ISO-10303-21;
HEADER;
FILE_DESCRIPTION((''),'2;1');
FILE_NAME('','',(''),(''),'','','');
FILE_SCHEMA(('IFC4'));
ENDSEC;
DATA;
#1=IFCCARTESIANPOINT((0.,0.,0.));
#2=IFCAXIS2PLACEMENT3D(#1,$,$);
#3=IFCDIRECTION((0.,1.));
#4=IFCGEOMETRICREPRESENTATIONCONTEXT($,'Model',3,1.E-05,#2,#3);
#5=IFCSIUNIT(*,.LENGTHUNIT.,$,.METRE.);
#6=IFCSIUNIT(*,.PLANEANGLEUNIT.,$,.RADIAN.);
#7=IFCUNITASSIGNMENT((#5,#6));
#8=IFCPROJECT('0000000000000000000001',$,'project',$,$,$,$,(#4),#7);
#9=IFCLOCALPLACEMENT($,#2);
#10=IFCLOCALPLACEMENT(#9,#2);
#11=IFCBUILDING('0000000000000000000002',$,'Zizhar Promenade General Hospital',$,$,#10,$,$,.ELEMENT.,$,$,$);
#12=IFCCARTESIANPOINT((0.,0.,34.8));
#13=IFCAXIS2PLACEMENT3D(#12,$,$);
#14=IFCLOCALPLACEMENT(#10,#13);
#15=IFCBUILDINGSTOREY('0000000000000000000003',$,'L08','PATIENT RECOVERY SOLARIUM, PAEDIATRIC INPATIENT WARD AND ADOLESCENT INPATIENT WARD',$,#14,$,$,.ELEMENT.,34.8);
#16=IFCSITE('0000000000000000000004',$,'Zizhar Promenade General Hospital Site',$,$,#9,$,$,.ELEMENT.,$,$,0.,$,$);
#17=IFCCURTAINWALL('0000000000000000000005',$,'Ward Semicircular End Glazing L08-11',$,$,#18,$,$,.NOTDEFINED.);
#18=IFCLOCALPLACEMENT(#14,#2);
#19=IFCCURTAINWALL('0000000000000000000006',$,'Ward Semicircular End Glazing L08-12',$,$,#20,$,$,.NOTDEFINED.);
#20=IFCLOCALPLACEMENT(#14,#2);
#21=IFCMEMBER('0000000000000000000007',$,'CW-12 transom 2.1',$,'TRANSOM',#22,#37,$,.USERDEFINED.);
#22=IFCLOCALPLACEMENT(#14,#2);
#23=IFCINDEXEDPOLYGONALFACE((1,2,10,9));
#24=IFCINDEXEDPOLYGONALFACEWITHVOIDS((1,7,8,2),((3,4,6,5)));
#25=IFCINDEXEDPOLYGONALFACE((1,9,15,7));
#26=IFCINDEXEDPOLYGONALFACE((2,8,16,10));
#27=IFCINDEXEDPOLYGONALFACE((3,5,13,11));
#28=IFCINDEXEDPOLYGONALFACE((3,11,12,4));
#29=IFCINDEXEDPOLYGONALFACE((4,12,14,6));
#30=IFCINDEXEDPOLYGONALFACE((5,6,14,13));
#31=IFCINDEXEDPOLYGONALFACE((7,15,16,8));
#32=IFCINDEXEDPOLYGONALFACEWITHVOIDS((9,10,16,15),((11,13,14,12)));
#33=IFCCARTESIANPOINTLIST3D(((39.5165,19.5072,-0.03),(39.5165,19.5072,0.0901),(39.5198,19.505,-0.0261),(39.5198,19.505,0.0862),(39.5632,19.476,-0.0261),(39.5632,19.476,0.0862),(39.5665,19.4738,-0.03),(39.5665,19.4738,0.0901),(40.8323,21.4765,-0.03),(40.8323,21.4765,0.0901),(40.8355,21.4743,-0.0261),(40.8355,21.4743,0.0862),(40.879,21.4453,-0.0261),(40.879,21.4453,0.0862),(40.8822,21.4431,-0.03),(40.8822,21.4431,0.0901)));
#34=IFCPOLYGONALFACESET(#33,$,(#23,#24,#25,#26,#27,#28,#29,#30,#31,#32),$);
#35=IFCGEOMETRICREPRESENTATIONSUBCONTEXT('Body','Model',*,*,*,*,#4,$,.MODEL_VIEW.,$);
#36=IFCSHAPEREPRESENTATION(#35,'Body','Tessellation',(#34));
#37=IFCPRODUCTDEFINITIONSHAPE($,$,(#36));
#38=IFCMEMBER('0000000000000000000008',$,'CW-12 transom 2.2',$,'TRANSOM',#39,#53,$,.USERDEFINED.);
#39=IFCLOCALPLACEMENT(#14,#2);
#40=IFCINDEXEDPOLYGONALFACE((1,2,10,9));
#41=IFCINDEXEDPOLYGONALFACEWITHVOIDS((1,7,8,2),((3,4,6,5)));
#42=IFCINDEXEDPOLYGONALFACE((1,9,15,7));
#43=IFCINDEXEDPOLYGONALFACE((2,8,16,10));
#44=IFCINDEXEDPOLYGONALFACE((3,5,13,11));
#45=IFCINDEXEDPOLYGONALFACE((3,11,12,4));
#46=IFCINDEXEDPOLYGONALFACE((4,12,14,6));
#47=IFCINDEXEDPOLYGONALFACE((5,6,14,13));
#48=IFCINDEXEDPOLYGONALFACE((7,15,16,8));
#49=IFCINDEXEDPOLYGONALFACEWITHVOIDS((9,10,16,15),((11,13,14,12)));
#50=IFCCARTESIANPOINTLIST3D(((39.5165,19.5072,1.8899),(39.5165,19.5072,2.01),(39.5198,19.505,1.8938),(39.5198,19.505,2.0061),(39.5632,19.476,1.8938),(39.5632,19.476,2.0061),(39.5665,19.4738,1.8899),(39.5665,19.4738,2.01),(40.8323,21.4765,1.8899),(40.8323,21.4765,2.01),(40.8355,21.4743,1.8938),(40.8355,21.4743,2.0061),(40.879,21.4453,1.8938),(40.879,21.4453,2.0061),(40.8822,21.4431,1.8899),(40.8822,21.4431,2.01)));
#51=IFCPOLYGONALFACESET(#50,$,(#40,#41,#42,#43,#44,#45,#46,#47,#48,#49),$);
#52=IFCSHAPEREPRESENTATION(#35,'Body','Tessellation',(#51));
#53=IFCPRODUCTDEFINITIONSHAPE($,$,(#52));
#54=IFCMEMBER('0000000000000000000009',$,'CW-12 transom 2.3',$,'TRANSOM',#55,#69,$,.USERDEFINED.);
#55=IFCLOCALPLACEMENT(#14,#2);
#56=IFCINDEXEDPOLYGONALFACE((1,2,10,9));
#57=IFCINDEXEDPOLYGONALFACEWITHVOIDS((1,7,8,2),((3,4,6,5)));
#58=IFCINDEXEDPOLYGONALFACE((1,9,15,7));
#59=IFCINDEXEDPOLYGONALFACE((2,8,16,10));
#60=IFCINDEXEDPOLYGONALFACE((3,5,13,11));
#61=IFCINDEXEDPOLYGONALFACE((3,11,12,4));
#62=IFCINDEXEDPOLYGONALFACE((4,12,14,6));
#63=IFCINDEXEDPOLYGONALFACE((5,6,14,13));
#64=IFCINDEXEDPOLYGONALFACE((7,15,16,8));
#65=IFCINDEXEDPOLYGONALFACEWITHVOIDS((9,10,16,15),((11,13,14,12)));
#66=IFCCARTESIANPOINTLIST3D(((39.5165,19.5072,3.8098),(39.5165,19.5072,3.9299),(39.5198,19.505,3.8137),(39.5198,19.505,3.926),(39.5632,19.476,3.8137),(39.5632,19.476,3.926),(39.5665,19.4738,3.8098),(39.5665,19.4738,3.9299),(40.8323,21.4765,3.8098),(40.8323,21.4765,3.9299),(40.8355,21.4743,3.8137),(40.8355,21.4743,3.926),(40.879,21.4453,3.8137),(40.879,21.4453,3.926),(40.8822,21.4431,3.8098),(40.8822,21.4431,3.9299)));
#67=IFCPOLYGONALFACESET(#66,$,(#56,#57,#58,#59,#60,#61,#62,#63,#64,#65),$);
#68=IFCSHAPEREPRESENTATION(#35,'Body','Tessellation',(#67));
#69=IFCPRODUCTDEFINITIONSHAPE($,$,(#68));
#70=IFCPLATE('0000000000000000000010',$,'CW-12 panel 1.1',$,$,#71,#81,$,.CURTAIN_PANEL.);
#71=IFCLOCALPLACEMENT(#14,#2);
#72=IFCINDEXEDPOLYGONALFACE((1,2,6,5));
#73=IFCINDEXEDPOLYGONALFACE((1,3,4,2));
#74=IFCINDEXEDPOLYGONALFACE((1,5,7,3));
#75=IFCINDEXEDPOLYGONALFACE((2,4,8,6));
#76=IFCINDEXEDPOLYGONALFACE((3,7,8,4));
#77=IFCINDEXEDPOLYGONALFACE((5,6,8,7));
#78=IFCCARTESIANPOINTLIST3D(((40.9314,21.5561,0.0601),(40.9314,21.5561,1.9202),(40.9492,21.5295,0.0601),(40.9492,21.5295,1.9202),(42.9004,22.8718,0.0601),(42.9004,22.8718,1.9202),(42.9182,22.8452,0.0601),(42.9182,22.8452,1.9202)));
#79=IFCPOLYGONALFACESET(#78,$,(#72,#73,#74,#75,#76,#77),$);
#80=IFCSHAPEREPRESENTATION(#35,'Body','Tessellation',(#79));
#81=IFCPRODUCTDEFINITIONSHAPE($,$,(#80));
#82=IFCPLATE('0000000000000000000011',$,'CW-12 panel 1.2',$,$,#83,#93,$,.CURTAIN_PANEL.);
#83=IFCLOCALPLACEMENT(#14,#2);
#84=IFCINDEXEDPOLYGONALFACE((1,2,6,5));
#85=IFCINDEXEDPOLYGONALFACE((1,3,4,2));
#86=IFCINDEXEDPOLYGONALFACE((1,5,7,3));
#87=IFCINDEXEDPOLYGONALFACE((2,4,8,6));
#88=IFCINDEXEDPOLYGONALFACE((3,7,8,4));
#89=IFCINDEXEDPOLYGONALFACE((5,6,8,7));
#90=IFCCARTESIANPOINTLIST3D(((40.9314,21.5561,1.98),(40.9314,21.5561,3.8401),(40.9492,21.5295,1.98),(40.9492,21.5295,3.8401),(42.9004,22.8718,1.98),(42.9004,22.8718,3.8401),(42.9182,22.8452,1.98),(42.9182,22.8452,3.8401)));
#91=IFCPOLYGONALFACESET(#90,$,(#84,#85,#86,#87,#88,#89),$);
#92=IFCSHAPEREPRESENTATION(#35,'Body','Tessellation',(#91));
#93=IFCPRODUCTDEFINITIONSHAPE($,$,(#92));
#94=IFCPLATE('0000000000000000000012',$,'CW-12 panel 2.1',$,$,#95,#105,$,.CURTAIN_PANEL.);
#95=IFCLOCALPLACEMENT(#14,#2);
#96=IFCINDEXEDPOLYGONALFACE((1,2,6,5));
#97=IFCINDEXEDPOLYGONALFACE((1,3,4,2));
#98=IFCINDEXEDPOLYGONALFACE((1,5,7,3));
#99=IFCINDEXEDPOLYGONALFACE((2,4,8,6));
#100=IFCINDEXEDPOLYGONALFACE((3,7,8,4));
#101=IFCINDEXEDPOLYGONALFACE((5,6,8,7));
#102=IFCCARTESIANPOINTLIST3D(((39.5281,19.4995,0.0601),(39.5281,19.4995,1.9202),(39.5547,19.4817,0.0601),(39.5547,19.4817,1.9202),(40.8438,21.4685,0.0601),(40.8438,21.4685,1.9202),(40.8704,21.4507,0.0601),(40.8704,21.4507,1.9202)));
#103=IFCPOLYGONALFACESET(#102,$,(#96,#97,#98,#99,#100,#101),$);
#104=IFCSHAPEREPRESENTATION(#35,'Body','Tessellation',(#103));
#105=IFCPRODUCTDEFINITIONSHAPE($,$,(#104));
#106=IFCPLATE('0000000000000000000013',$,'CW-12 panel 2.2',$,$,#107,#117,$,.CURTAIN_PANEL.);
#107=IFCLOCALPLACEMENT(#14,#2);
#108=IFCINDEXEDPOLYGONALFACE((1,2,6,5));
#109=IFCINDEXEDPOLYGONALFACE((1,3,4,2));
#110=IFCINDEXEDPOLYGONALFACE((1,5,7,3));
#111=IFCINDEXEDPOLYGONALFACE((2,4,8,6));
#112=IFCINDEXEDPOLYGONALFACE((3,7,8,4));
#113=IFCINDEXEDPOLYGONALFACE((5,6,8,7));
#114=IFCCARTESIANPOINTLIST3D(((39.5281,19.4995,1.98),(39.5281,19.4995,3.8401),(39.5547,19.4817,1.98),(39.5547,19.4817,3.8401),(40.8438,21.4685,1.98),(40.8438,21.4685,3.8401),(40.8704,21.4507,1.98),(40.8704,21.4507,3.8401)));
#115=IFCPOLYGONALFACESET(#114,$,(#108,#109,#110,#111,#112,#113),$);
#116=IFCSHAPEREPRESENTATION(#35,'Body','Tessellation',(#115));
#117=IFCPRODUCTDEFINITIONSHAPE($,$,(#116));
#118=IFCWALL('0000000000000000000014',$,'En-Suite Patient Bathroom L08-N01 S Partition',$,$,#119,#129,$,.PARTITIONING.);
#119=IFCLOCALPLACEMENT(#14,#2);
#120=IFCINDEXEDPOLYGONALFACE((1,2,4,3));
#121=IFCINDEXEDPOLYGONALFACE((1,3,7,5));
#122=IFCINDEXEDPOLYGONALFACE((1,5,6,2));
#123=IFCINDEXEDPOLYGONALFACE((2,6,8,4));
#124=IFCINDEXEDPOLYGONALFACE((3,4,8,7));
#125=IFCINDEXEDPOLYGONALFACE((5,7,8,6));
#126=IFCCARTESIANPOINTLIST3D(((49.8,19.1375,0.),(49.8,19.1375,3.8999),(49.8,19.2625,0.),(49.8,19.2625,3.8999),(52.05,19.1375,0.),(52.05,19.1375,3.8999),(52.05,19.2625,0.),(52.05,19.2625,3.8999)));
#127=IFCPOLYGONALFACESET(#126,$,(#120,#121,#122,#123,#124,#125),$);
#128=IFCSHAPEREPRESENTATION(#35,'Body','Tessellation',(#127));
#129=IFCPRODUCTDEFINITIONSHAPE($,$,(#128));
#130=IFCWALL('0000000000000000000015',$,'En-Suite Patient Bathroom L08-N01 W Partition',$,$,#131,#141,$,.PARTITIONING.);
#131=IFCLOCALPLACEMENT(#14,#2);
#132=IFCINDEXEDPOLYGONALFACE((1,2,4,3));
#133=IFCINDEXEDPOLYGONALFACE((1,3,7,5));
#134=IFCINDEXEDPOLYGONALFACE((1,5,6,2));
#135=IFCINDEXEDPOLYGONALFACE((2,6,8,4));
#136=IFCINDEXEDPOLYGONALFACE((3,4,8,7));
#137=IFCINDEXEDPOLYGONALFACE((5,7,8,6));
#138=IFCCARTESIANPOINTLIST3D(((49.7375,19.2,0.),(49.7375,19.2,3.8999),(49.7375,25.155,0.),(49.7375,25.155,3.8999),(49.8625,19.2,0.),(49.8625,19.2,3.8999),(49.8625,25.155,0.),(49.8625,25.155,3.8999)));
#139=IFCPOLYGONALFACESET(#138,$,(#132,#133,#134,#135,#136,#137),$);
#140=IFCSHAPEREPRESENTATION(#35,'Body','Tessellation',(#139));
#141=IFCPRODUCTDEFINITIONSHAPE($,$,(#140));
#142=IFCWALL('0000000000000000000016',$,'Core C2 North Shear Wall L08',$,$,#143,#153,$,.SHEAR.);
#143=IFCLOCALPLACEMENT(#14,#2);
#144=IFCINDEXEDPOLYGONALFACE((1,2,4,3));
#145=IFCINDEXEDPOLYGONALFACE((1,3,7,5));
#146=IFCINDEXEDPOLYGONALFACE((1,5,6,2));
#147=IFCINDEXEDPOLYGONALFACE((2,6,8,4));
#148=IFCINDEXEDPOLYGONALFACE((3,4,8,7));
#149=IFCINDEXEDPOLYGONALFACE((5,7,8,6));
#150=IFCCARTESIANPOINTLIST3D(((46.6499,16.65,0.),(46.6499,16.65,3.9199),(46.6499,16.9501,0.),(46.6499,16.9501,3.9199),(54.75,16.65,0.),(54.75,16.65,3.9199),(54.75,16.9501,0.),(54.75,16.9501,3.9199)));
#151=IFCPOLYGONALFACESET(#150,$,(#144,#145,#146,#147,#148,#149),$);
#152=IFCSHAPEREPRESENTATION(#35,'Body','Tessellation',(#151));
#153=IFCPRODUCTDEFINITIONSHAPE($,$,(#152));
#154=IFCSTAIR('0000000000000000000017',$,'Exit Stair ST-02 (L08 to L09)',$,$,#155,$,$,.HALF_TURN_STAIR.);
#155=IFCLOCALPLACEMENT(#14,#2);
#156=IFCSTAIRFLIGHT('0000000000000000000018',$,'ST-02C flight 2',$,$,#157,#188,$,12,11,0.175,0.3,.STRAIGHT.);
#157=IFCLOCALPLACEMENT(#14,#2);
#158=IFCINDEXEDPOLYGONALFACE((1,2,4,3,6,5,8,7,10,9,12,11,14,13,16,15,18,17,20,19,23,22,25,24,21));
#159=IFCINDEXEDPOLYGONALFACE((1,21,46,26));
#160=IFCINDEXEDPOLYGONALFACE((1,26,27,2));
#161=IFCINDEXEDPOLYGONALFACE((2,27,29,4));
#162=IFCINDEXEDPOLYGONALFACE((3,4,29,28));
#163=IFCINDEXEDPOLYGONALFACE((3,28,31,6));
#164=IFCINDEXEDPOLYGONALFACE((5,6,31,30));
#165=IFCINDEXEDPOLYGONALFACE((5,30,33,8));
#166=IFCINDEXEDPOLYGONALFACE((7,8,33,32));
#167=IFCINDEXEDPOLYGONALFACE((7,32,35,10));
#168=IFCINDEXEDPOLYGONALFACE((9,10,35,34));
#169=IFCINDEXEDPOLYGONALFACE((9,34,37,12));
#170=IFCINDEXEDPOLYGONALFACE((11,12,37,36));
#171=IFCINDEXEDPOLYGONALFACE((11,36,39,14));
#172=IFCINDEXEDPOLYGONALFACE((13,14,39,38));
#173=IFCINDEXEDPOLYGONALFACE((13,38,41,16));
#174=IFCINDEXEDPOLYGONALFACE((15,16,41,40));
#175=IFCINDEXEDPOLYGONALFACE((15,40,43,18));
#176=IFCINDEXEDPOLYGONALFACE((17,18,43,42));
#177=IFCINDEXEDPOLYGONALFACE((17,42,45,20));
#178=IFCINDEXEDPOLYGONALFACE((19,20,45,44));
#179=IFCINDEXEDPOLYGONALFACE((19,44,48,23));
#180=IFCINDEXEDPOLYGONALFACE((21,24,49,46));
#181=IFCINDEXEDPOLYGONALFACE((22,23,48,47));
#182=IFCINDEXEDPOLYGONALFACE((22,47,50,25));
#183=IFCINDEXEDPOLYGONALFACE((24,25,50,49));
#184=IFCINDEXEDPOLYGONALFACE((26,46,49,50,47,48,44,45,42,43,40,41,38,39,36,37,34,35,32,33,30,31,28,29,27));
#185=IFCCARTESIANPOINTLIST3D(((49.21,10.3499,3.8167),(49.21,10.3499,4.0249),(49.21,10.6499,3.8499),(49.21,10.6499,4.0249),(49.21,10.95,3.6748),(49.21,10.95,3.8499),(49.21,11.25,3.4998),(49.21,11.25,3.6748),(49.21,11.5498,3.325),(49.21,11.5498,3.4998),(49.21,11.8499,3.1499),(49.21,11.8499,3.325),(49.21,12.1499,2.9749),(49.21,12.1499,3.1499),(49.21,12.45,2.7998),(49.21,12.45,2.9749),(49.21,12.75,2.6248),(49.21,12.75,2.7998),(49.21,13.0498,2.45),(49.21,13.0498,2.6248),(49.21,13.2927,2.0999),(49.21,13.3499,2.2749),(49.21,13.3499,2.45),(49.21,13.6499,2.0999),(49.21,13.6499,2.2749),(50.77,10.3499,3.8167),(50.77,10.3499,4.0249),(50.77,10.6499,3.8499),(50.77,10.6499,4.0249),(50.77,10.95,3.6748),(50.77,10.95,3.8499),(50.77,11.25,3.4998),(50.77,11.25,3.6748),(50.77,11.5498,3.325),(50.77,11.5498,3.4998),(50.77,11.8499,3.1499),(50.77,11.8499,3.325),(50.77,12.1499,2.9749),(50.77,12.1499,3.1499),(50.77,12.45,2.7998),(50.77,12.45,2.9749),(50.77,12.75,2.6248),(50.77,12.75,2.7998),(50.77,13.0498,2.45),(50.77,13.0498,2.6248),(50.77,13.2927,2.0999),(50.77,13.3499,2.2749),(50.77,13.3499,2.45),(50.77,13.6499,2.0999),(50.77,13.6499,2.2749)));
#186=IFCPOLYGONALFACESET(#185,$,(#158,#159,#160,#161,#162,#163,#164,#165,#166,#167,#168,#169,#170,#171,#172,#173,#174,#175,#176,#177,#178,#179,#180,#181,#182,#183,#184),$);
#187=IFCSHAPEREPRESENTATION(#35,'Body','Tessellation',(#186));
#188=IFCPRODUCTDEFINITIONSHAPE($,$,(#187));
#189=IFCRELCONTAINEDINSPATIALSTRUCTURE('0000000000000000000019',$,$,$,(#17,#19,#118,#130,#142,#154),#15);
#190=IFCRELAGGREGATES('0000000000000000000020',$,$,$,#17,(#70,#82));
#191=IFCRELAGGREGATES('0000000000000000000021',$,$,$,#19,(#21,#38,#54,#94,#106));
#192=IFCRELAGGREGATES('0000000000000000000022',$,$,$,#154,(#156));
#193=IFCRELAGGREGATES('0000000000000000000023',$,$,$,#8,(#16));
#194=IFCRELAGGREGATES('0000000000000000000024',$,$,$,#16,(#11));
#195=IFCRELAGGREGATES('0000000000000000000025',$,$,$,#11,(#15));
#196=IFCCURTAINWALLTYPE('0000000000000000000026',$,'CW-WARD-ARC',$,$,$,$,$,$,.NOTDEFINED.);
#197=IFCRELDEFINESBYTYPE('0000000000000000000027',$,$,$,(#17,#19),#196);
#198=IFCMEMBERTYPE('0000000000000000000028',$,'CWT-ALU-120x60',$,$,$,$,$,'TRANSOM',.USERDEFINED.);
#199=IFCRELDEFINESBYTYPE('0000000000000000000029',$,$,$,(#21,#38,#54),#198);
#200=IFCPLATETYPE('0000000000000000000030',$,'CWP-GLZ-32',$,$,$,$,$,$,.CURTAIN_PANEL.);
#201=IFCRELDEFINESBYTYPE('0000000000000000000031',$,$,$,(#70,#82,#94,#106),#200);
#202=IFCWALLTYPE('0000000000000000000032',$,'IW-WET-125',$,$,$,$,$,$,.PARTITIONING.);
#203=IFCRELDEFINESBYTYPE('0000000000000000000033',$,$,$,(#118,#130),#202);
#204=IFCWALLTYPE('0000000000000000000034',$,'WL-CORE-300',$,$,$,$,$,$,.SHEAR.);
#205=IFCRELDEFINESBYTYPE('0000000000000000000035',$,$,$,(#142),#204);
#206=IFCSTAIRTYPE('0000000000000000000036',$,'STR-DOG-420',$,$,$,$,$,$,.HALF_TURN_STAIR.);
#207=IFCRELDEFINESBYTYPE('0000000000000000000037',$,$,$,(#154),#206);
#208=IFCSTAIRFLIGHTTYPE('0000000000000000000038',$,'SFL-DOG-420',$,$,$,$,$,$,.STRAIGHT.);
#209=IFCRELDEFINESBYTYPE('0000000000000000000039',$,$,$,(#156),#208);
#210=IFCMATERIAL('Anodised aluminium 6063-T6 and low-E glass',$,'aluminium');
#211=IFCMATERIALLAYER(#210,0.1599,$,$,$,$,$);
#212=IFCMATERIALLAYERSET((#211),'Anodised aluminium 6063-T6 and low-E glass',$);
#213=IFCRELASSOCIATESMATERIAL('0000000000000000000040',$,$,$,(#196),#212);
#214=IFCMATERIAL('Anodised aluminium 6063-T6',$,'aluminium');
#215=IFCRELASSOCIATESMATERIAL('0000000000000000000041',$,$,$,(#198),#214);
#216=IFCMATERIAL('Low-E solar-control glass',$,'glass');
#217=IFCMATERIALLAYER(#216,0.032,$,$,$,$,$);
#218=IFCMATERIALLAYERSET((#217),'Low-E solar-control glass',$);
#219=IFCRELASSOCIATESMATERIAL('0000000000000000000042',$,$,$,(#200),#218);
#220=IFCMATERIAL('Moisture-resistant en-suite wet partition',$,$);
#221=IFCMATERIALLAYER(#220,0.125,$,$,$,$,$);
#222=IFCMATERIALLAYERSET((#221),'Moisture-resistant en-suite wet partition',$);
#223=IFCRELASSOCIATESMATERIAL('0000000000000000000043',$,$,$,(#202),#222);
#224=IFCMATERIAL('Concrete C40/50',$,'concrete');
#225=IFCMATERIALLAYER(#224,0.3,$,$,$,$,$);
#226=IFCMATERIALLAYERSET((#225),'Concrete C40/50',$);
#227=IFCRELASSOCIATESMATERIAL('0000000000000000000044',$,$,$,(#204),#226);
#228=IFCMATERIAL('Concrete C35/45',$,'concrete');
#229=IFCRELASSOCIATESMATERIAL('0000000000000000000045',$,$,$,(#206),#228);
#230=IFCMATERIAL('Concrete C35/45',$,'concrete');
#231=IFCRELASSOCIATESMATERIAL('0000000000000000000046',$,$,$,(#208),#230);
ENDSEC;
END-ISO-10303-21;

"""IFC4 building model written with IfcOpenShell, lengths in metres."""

from ifc_helpers import new_model, si_unit, direction, frame, frame_2d, origin, origin_2d, place, context, subcontext, project, spatial, polyline, rectangle, hollow_rectangle, outline, extrude, material, layer, layer_set, material_profile, profile_set, type_object, element, aggregate, save


model = new_model("IFC4")

# Units and contexts
model_context = context("Model", 3, precision=1e-05, world=origin(), true_north=direction((0.0, 1.0)))
body_context = subcontext(model_context, "Body", "Model", "MODEL_VIEW")
ifc_project = project(units=[si_unit("LENGTHUNIT", "METRE"), si_unit("PLANEANGLEUNIT", "RADIAN")], contexts=[model_context])

# Site, building, storey
site_placement = place(None, origin())
site = spatial("IfcSite", under=ifc_project, at=site_placement, Name="Zizhar Promenade General Hospital Site", CompositionType="ELEMENT", RefElevation=0.0)
building_placement = place(site_placement, origin())
building = spatial("IfcBuilding", under=site, at=building_placement, Name="Zizhar Promenade General Hospital", CompositionType="ELEMENT")
storey_placement = place(building_placement, frame((0.0, 0.0, 34.8)))
storey = spatial("IfcBuildingStorey", under=building, at=storey_placement, Name="L08", Description="PATIENT RECOVERY SOLARIUM, PAEDIATRIC INPATIENT WARD AND ADOLESCENT INPATIENT WARD", CompositionType="ELEMENT", Elevation=34.8)

# Curtain walls
ifc_material_1 = material(Name="Anodised aluminium 6063-T6 and low-E glass", Category="aluminium")
ifc_layer_1 = layer(ifc_material_1, 0.1599)
ifc_layer_set_1 = layer_set([ifc_layer_1], Name="Anodised aluminium 6063-T6 and low-E glass")
curtain_wall_type = type_object("IfcCurtainWallType", Name="CW-WARD-ARC", PredefinedType="NOTDEFINED", material=ifc_layer_set_1)
curtain_wall_1_placement = place(storey_placement, origin())
curtain_wall_1 = element("IfcCurtainWall", 1, at=curtain_wall_1_placement, inside=storey, type_object=curtain_wall_type, Name="Ward Semicircular End Glazing L08-11", PredefinedType="NOTDEFINED")
curtain_wall_2_placement = place(storey_placement, origin())
curtain_wall_2 = element("IfcCurtainWall", 2, at=curtain_wall_2_placement, inside=storey, type_object=curtain_wall_type, Name="Ward Semicircular End Glazing L08-12", PredefinedType="NOTDEFINED")

# Members
ifc_material_2 = material(Name="Anodised aluminium 6063-T6", Category="aluminium")
ifc_material_profile_1 = material_profile(ifc_material_2, hollow_rectangle(XDim=0.0601, YDim=0.1201, WallThickness=0.0039, at=origin_2d()))
ifc_profile_set_1 = profile_set([ifc_material_profile_1], Name="Anodised aluminium 6063-T6")
member_type_1 = type_object("IfcMemberType", Name="CWT-ALU-120x60", ElementType="TRANSOM", PredefinedType="USERDEFINED", material=ifc_profile_set_1)
member_1_placement = place(storey_placement, frame((39.5415, 19.4905, 0.03), z_axis=(0.555533, 0.831495, 0.0), x_axis=(-0.831495, 0.555533, 0.0)))
member_1 = element("IfcMember", 3, at=member_1_placement, type_object=member_type_1, Name="CW-12 transom 2.1", ObjectType="TRANSOM", PredefinedType="USERDEFINED", context=body_context, shape_type="SweptSolid", body=[
    extrude(hollow_rectangle(XDim=0.0601, YDim=0.1201, WallThickness=0.0039, at=origin_2d()), origin(), (0.0, 0.0, 1.0), 2.3684),
])
member_2_placement = place(storey_placement, frame((39.5415, 19.4905, 1.95), z_axis=(0.555533, 0.831495, 0.0), x_axis=(-0.831495, 0.555533, 0.0)))
member_2 = element("IfcMember", 4, at=member_2_placement, type_object=member_type_1, Name="CW-12 transom 2.2", ObjectType="TRANSOM", PredefinedType="USERDEFINED", context=body_context, shape_type="SweptSolid", body=[
    extrude(hollow_rectangle(XDim=0.0601, YDim=0.1201, WallThickness=0.0039, at=origin_2d()), origin(), (0.0, 0.0, 1.0), 2.3684),
])
member_3_placement = place(storey_placement, frame((39.5415, 19.4905, 3.8699), z_axis=(0.555533, 0.831495, 0.0), x_axis=(-0.831495, 0.555533, 0.0)))
member_3 = element("IfcMember", 5, at=member_3_placement, type_object=member_type_1, Name="CW-12 transom 2.3", ObjectType="TRANSOM", PredefinedType="USERDEFINED", context=body_context, shape_type="SweptSolid", body=[
    extrude(hollow_rectangle(XDim=0.0601, YDim=0.1201, WallThickness=0.0039, at=origin_2d()), origin(), (0.0, 0.0, 1.0), 2.3684),
])

# Plates
ifc_material_3 = material(Name="Low-E solar-control glass", Category="glass")
ifc_layer_2 = layer(ifc_material_3, 0.032)
ifc_layer_set_2 = layer_set([ifc_layer_2], Name="Low-E solar-control glass")
plate_type = type_object("IfcPlateType", Name="CWP-GLZ-32", PredefinedType="CURTAIN_PANEL", material=ifc_layer_set_2)
plate_1_placement = place(storey_placement, frame((41.9248, 22.2007, 0.0601), z_axis=(0.0, 0.0, 1.0), x_axis=(0.831462, 0.555582, 0.0)))
plate_1 = element("IfcPlate", 6, at=plate_1_placement, type_object=plate_type, Name="CW-12 panel 1.1", PredefinedType="CURTAIN_PANEL", context=body_context, shape_type="SweptSolid", body=[
    extrude(rectangle(XDim=2.3682, YDim=0.032, at=origin_2d()), origin(), (0.0, 0.0, 1.0), 1.8601),
])
plate_2_placement = place(storey_placement, frame((41.9248, 22.2007, 1.98), z_axis=(0.0, 0.0, 1.0), x_axis=(0.831462, 0.555582, 0.0)))
plate_2 = element("IfcPlate", 7, at=plate_2_placement, type_object=plate_type, Name="CW-12 panel 1.2", PredefinedType="CURTAIN_PANEL", context=body_context, shape_type="SweptSolid", body=[
    extrude(rectangle(XDim=2.3682, YDim=0.032, at=origin_2d()), origin(), (0.0, 0.0, 1.0), 1.8601),
])
aggregate(curtain_wall_1, [plate_1, plate_2])
plate_3_placement = place(storey_placement, frame((40.1992, 20.4751, 0.0601), z_axis=(0.0, 0.0, 1.0), x_axis=(0.555582, 0.831462, 0.0)))
plate_3 = element("IfcPlate", 8, at=plate_3_placement, type_object=plate_type, Name="CW-12 panel 2.1", PredefinedType="CURTAIN_PANEL", context=body_context, shape_type="SweptSolid", body=[
    extrude(rectangle(XDim=2.3682, YDim=0.032, at=origin_2d()), origin(), (0.0, 0.0, 1.0), 1.8601),
])
plate_4_placement = place(storey_placement, frame((40.1992, 20.4751, 1.98), z_axis=(0.0, 0.0, 1.0), x_axis=(0.555582, 0.831462, 0.0)))
plate_4 = element("IfcPlate", 9, at=plate_4_placement, type_object=plate_type, Name="CW-12 panel 2.2", PredefinedType="CURTAIN_PANEL", context=body_context, shape_type="SweptSolid", body=[
    extrude(rectangle(XDim=2.3682, YDim=0.032, at=origin_2d()), origin(), (0.0, 0.0, 1.0), 1.8601),
])
aggregate(curtain_wall_2, [member_1, member_2, member_3, plate_3, plate_4])

# Walls
ifc_material_4 = material(Name="Moisture-resistant en-suite wet partition")
ifc_layer_3 = layer(ifc_material_4, 0.125)
ifc_layer_set_3 = layer_set([ifc_layer_3], Name="Moisture-resistant en-suite wet partition")
wall_type_1 = type_object("IfcWallType", Name="IW-WET-125", PredefinedType="PARTITIONING", material=ifc_layer_set_3)
wall_1_placement = place(storey_placement, frame((49.8, 19.2, 0.0), z_axis=(0.0, 0.0, 1.0), x_axis=(1.0, 0.0, 0.0)))
element("IfcWall", 10, at=wall_1_placement, inside=storey, type_object=wall_type_1, Name="En-Suite Patient Bathroom L08-N01 S Partition", PredefinedType="PARTITIONING", context=body_context, shape_type="SweptSolid", body=[
    extrude(rectangle(XDim=2.25, YDim=0.125, at=frame_2d((1.125, 0.0))), origin(), (0.0, 0.0, 1.0), 3.8999),
])
wall_2_placement = place(storey_placement, frame((49.8, 19.2, 0.0), z_axis=(0.0, 0.0, 1.0), x_axis=(0.0, 1.0, 0.0)))
element("IfcWall", 11, at=wall_2_placement, inside=storey, type_object=wall_type_1, Name="En-Suite Patient Bathroom L08-N01 W Partition", PredefinedType="PARTITIONING", context=body_context, shape_type="SweptSolid", body=[
    extrude(rectangle(XDim=5.9551, YDim=0.125, at=frame_2d((2.9775, 0.0))), origin(), (0.0, 0.0, 1.0), 3.8999),
])
ifc_material_5 = material(Name="Concrete C40/50", Category="concrete")
ifc_layer_4 = layer(ifc_material_5, 0.3)
ifc_layer_set_4 = layer_set([ifc_layer_4], Name="Concrete C40/50")
wall_type_2 = type_object("IfcWallType", Name="WL-CORE-300", PredefinedType="SHEAR", material=ifc_layer_set_4)
wall_3_placement = place(storey_placement, frame((46.6499, 16.8, 0.0), z_axis=(0.0, 0.0, 1.0), x_axis=(1.0, 0.0, 0.0)))
element("IfcWall", 12, at=wall_3_placement, inside=storey, type_object=wall_type_2, Name="Core C2 North Shear Wall L08", PredefinedType="SHEAR", context=body_context, shape_type="SweptSolid", body=[
    extrude(rectangle(XDim=8.1001, YDim=0.3, at=frame_2d((4.05, 0.0))), origin(), (0.0, 0.0, 1.0), 3.9199),
])

# Stair, stair flight
ifc_material_6 = material(Name="Concrete C35/45", Category="concrete")
stair_type = type_object("IfcStairType", Name="STR-DOG-420", PredefinedType="HALF_TURN_STAIR", material=ifc_material_6)
stair_placement = place(storey_placement, origin())
stair = element("IfcStair", 13, at=stair_placement, inside=storey, type_object=stair_type, Name="Exit Stair ST-02 (L08 to L09)", PredefinedType="HALF_TURN_STAIR")
ifc_material_7 = material(Name="Concrete C35/45", Category="concrete")
stair_flight_type = type_object("IfcStairFlightType", Name="SFL-DOG-420", PredefinedType="STRAIGHT", material=ifc_material_7)
stair_flight_placement = place(storey_placement, frame((49.99, 13.6499, 2.0999), z_axis=(0.0, 0.0, 1.0), x_axis=(0.0, -1.0, 0.0)))
stair_flight = element("IfcStairFlight", 14, at=stair_flight_placement, type_object=stair_flight_type, Name="ST-02C flight 2", NumberOfRisers=12, NumberOfTreads=11, PredefinedType="STRAIGHT", RiserHeight=0.175, TreadLength=0.3, context=body_context, shape_type="SweptSolid", body=[
    extrude(outline(polyline([(0.0, 0.0), (0.0, 0.175), (0.3, 0.175), (0.3, 0.3501), (0.6001, 0.3501), (0.6001, 0.5249), (0.8999, 0.5249), (0.8999, 0.7), (1.2, 0.7), (1.2, 0.875), (1.5, 0.875), (1.5, 1.05), (1.8, 1.05), (1.8, 1.2251), (2.1001, 1.2251), (2.1001, 1.3999), (2.3999, 1.3999), (2.3999, 1.575), (2.7, 1.575), (2.7, 1.75), (3.0, 1.75), (3.0, 1.925), (3.3, 1.925), (3.3, 2.1001), (3.3, 1.7168), (0.3572, 0.0), (0.0, 0.0)])), frame((0.0, 0.78, 0.0), z_axis=(0.0, -1.0, 0.0), x_axis=(1.0, 0.0, 0.0)), (0.0, 0.0, 1.0), 1.5601),
])
aggregate(stair, [stair_flight])

save(model, "model.ifc")
